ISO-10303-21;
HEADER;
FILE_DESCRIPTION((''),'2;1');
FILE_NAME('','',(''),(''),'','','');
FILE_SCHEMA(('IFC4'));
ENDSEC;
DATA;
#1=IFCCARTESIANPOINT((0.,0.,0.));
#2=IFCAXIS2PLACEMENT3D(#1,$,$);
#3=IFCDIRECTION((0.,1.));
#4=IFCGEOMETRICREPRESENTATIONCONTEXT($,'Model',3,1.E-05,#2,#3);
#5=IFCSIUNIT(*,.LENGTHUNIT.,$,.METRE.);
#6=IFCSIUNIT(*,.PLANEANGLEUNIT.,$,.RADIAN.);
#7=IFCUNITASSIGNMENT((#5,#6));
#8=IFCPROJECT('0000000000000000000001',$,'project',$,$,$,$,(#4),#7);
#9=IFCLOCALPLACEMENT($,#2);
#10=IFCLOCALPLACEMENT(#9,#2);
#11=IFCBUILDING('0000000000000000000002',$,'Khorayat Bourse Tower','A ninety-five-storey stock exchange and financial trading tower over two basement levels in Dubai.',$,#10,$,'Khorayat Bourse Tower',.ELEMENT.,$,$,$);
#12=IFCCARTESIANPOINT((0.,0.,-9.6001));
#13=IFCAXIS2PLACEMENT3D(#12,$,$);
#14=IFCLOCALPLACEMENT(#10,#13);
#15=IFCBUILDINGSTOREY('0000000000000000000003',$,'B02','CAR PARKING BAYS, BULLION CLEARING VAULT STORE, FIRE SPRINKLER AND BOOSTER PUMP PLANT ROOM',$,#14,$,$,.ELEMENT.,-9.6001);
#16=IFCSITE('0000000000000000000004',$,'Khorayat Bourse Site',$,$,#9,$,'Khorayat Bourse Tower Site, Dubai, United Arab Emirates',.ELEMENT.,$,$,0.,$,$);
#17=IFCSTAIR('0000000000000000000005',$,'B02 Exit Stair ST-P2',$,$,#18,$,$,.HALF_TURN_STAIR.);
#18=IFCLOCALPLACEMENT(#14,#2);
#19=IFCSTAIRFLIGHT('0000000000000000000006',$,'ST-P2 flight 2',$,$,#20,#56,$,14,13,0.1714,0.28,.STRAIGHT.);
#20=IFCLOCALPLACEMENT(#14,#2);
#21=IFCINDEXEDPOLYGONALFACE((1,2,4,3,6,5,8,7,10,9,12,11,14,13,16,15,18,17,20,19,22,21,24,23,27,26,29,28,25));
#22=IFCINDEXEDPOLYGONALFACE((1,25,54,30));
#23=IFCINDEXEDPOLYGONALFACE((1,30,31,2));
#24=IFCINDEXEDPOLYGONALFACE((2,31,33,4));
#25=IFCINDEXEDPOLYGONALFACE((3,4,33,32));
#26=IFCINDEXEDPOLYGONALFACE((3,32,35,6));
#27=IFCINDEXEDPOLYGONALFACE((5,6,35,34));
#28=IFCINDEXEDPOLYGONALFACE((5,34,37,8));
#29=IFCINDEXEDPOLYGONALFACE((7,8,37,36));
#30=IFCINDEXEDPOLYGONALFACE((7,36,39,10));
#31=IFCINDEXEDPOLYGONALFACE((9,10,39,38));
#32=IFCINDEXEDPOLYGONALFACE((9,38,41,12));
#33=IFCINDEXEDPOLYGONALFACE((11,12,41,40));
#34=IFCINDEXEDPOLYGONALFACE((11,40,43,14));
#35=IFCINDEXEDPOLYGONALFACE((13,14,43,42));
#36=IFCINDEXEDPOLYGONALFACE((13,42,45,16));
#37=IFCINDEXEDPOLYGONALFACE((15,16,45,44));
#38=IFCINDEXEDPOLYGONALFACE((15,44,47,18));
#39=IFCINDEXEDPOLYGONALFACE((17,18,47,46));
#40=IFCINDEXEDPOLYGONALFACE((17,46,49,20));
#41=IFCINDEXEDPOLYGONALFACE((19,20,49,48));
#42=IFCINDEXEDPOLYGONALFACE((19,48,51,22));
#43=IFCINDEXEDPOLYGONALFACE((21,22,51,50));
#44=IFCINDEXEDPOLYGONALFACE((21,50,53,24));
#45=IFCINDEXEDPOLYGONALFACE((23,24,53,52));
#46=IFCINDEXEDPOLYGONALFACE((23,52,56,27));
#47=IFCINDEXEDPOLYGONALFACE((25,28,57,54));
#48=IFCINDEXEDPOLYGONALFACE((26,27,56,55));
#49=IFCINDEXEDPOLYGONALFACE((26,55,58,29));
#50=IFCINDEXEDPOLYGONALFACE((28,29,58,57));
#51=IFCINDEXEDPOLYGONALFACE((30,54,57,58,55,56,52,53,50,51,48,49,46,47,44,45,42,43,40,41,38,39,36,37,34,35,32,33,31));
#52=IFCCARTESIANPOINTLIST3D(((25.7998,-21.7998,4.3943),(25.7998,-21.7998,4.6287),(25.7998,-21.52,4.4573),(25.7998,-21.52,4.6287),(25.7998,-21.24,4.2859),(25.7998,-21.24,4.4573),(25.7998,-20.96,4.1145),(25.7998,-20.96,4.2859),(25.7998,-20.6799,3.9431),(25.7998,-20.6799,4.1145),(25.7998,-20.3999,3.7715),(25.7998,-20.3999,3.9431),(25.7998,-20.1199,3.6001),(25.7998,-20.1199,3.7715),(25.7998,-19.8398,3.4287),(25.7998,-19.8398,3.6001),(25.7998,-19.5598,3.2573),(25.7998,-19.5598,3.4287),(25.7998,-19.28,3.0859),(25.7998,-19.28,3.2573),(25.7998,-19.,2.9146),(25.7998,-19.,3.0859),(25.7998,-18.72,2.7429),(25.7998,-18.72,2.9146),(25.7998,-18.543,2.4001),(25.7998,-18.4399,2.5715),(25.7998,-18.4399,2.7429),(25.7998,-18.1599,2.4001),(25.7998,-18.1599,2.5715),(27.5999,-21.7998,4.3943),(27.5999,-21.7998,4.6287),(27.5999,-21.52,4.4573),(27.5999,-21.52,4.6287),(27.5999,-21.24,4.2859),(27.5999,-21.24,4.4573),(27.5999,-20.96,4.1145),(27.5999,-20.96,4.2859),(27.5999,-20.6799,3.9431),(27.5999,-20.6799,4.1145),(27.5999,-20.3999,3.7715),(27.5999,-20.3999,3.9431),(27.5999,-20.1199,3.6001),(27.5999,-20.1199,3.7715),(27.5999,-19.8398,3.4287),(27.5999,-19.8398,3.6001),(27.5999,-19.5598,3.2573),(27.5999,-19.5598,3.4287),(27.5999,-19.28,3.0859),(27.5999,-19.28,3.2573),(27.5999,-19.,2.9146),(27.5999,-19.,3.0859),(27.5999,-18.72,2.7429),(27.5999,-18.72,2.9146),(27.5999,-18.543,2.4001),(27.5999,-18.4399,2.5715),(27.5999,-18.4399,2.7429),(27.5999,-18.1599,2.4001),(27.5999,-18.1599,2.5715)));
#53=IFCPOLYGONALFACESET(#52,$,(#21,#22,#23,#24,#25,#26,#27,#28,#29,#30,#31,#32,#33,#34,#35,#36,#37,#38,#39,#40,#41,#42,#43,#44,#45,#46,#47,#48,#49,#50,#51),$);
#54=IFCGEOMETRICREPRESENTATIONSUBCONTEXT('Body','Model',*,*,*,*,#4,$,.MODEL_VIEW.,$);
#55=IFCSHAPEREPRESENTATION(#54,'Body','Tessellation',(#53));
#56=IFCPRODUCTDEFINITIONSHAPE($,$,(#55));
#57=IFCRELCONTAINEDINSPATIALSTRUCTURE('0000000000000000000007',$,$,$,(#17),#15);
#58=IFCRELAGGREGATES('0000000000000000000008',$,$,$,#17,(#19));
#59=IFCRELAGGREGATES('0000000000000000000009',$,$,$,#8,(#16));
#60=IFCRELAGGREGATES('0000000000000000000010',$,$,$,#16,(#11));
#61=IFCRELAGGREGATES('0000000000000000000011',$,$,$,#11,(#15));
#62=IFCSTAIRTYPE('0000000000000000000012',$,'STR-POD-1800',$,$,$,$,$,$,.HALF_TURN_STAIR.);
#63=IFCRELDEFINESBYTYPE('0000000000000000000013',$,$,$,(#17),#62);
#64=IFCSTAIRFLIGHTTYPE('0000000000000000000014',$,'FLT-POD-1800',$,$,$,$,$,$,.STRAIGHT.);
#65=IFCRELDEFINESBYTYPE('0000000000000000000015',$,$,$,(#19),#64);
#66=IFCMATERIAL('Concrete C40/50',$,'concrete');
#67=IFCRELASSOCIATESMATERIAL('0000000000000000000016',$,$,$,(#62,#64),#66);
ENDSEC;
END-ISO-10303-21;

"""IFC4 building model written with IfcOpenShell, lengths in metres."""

from ifc_helpers import new_model, si_unit, direction, frame, origin, place, context, subcontext, project, spatial, polyline, outline, extrude, source, transform, mapped, material, type_object, element, aggregate, save


model = new_model("IFC4")

# Units and contexts
model_context = context("Model", 3, precision=1e-05, world=origin(), true_north=direction((0.0, 1.0)))
body_context = subcontext(model_context, "Body", "Model", "MODEL_VIEW")
ifc_project = project(units=[si_unit("LENGTHUNIT", "METRE"), si_unit("PLANEANGLEUNIT", "RADIAN")], contexts=[model_context])

# Site, building, storey
site_placement = place(None, origin())
site = spatial("IfcSite", under=ifc_project, at=site_placement, Name="Khorayat Bourse Site", LongName="Khorayat Bourse Tower Site, Dubai, United Arab Emirates", CompositionType="ELEMENT", RefElevation=0.0)
building_placement = place(site_placement, origin())
building = spatial("IfcBuilding", under=site, at=building_placement, Name="Khorayat Bourse Tower", Description="A ninety-five-storey stock exchange and financial trading tower over two basement levels in Dubai.", LongName="Khorayat Bourse Tower", CompositionType="ELEMENT")
storey_placement = place(building_placement, frame((0.0, 0.0, -9.6001)))
storey = spatial("IfcBuildingStorey", under=building, at=storey_placement, Name="B02", Description="CAR PARKING BAYS, BULLION CLEARING VAULT STORE, FIRE SPRINKLER AND BOOSTER PUMP PLANT ROOM", CompositionType="ELEMENT", Elevation=-9.6001)

# Stair, stair flight
ifc_material_1 = material(Name="Concrete C40/50", Category="concrete")
stair_type = type_object("IfcStairType", Name="STR-POD-1800", PredefinedType="HALF_TURN_STAIR", material=ifc_material_1)
stair_placement = place(storey_placement, origin())
stair = element("IfcStair", 1, at=stair_placement, inside=storey, type_object=stair_type, Name="B02 Exit Stair ST-P2", PredefinedType="HALF_TURN_STAIR")
stair_flight_type = type_object("IfcStairFlightType", Name="FLT-POD-1800", PredefinedType="STRAIGHT", material=ifc_material_1)
shared_shape_1 = source(origin(), body_context, "Body", "SweptSolid", [
    extrude(outline(polyline([(0.0, 0.0), (0.0, 0.1714), (0.28, 0.1714), (0.28, 0.3428), (0.5601, 0.3428), (0.5601, 0.5144), (0.8401, 0.5144), (0.8401, 0.6858), (1.1201, 0.6858), (1.1201, 0.8572), (1.3999, 0.8572), (1.3999, 1.0286), (1.6799, 1.0286), (1.6799, 1.2), (1.96, 1.2), (1.96, 1.3713), (2.24, 1.3713), (2.24, 1.543), (2.52, 1.543), (2.52, 1.7144), (2.8, 1.7144), (2.8, 1.8857), (3.0801, 1.8857), (3.0801, 2.0571), (3.3601, 2.0571), (3.3601, 2.2285), (3.6399, 2.2285), (3.6399, 2.3999), (3.6399, 1.9941), (0.3831, 0.0), (0.0, 0.0)])), frame((0.0, 0.8999, 0.0), z_axis=(0.0, -1.0, 0.0), x_axis=(1.0, 0.0, 0.0)), (0.0, 0.0, 1.0), 1.8),
])
stair_flight_1_placement = place(storey_placement, frame((26.7, -18.1599, 2.4001), z_axis=(0.0, 0.0, 1.0), x_axis=(0.0, -1.0, 0.0)))
stair_flight_1 = element("IfcStairFlight", 2, at=stair_flight_1_placement, type_object=stair_flight_type, Name="ST-P2 flight 2", NumberOfRisers=14, NumberOfTreads=13, PredefinedType="STRAIGHT", RiserHeight=0.1714, TreadLength=0.28, context=body_context, shape_type="MappedRepresentation", body=[
    mapped(shared_shape_1, transform((0.0, 0.0, 0.0), scale=1.0)),
])
aggregate(stair, [stair_flight_1])

save(model, "model.ifc")
